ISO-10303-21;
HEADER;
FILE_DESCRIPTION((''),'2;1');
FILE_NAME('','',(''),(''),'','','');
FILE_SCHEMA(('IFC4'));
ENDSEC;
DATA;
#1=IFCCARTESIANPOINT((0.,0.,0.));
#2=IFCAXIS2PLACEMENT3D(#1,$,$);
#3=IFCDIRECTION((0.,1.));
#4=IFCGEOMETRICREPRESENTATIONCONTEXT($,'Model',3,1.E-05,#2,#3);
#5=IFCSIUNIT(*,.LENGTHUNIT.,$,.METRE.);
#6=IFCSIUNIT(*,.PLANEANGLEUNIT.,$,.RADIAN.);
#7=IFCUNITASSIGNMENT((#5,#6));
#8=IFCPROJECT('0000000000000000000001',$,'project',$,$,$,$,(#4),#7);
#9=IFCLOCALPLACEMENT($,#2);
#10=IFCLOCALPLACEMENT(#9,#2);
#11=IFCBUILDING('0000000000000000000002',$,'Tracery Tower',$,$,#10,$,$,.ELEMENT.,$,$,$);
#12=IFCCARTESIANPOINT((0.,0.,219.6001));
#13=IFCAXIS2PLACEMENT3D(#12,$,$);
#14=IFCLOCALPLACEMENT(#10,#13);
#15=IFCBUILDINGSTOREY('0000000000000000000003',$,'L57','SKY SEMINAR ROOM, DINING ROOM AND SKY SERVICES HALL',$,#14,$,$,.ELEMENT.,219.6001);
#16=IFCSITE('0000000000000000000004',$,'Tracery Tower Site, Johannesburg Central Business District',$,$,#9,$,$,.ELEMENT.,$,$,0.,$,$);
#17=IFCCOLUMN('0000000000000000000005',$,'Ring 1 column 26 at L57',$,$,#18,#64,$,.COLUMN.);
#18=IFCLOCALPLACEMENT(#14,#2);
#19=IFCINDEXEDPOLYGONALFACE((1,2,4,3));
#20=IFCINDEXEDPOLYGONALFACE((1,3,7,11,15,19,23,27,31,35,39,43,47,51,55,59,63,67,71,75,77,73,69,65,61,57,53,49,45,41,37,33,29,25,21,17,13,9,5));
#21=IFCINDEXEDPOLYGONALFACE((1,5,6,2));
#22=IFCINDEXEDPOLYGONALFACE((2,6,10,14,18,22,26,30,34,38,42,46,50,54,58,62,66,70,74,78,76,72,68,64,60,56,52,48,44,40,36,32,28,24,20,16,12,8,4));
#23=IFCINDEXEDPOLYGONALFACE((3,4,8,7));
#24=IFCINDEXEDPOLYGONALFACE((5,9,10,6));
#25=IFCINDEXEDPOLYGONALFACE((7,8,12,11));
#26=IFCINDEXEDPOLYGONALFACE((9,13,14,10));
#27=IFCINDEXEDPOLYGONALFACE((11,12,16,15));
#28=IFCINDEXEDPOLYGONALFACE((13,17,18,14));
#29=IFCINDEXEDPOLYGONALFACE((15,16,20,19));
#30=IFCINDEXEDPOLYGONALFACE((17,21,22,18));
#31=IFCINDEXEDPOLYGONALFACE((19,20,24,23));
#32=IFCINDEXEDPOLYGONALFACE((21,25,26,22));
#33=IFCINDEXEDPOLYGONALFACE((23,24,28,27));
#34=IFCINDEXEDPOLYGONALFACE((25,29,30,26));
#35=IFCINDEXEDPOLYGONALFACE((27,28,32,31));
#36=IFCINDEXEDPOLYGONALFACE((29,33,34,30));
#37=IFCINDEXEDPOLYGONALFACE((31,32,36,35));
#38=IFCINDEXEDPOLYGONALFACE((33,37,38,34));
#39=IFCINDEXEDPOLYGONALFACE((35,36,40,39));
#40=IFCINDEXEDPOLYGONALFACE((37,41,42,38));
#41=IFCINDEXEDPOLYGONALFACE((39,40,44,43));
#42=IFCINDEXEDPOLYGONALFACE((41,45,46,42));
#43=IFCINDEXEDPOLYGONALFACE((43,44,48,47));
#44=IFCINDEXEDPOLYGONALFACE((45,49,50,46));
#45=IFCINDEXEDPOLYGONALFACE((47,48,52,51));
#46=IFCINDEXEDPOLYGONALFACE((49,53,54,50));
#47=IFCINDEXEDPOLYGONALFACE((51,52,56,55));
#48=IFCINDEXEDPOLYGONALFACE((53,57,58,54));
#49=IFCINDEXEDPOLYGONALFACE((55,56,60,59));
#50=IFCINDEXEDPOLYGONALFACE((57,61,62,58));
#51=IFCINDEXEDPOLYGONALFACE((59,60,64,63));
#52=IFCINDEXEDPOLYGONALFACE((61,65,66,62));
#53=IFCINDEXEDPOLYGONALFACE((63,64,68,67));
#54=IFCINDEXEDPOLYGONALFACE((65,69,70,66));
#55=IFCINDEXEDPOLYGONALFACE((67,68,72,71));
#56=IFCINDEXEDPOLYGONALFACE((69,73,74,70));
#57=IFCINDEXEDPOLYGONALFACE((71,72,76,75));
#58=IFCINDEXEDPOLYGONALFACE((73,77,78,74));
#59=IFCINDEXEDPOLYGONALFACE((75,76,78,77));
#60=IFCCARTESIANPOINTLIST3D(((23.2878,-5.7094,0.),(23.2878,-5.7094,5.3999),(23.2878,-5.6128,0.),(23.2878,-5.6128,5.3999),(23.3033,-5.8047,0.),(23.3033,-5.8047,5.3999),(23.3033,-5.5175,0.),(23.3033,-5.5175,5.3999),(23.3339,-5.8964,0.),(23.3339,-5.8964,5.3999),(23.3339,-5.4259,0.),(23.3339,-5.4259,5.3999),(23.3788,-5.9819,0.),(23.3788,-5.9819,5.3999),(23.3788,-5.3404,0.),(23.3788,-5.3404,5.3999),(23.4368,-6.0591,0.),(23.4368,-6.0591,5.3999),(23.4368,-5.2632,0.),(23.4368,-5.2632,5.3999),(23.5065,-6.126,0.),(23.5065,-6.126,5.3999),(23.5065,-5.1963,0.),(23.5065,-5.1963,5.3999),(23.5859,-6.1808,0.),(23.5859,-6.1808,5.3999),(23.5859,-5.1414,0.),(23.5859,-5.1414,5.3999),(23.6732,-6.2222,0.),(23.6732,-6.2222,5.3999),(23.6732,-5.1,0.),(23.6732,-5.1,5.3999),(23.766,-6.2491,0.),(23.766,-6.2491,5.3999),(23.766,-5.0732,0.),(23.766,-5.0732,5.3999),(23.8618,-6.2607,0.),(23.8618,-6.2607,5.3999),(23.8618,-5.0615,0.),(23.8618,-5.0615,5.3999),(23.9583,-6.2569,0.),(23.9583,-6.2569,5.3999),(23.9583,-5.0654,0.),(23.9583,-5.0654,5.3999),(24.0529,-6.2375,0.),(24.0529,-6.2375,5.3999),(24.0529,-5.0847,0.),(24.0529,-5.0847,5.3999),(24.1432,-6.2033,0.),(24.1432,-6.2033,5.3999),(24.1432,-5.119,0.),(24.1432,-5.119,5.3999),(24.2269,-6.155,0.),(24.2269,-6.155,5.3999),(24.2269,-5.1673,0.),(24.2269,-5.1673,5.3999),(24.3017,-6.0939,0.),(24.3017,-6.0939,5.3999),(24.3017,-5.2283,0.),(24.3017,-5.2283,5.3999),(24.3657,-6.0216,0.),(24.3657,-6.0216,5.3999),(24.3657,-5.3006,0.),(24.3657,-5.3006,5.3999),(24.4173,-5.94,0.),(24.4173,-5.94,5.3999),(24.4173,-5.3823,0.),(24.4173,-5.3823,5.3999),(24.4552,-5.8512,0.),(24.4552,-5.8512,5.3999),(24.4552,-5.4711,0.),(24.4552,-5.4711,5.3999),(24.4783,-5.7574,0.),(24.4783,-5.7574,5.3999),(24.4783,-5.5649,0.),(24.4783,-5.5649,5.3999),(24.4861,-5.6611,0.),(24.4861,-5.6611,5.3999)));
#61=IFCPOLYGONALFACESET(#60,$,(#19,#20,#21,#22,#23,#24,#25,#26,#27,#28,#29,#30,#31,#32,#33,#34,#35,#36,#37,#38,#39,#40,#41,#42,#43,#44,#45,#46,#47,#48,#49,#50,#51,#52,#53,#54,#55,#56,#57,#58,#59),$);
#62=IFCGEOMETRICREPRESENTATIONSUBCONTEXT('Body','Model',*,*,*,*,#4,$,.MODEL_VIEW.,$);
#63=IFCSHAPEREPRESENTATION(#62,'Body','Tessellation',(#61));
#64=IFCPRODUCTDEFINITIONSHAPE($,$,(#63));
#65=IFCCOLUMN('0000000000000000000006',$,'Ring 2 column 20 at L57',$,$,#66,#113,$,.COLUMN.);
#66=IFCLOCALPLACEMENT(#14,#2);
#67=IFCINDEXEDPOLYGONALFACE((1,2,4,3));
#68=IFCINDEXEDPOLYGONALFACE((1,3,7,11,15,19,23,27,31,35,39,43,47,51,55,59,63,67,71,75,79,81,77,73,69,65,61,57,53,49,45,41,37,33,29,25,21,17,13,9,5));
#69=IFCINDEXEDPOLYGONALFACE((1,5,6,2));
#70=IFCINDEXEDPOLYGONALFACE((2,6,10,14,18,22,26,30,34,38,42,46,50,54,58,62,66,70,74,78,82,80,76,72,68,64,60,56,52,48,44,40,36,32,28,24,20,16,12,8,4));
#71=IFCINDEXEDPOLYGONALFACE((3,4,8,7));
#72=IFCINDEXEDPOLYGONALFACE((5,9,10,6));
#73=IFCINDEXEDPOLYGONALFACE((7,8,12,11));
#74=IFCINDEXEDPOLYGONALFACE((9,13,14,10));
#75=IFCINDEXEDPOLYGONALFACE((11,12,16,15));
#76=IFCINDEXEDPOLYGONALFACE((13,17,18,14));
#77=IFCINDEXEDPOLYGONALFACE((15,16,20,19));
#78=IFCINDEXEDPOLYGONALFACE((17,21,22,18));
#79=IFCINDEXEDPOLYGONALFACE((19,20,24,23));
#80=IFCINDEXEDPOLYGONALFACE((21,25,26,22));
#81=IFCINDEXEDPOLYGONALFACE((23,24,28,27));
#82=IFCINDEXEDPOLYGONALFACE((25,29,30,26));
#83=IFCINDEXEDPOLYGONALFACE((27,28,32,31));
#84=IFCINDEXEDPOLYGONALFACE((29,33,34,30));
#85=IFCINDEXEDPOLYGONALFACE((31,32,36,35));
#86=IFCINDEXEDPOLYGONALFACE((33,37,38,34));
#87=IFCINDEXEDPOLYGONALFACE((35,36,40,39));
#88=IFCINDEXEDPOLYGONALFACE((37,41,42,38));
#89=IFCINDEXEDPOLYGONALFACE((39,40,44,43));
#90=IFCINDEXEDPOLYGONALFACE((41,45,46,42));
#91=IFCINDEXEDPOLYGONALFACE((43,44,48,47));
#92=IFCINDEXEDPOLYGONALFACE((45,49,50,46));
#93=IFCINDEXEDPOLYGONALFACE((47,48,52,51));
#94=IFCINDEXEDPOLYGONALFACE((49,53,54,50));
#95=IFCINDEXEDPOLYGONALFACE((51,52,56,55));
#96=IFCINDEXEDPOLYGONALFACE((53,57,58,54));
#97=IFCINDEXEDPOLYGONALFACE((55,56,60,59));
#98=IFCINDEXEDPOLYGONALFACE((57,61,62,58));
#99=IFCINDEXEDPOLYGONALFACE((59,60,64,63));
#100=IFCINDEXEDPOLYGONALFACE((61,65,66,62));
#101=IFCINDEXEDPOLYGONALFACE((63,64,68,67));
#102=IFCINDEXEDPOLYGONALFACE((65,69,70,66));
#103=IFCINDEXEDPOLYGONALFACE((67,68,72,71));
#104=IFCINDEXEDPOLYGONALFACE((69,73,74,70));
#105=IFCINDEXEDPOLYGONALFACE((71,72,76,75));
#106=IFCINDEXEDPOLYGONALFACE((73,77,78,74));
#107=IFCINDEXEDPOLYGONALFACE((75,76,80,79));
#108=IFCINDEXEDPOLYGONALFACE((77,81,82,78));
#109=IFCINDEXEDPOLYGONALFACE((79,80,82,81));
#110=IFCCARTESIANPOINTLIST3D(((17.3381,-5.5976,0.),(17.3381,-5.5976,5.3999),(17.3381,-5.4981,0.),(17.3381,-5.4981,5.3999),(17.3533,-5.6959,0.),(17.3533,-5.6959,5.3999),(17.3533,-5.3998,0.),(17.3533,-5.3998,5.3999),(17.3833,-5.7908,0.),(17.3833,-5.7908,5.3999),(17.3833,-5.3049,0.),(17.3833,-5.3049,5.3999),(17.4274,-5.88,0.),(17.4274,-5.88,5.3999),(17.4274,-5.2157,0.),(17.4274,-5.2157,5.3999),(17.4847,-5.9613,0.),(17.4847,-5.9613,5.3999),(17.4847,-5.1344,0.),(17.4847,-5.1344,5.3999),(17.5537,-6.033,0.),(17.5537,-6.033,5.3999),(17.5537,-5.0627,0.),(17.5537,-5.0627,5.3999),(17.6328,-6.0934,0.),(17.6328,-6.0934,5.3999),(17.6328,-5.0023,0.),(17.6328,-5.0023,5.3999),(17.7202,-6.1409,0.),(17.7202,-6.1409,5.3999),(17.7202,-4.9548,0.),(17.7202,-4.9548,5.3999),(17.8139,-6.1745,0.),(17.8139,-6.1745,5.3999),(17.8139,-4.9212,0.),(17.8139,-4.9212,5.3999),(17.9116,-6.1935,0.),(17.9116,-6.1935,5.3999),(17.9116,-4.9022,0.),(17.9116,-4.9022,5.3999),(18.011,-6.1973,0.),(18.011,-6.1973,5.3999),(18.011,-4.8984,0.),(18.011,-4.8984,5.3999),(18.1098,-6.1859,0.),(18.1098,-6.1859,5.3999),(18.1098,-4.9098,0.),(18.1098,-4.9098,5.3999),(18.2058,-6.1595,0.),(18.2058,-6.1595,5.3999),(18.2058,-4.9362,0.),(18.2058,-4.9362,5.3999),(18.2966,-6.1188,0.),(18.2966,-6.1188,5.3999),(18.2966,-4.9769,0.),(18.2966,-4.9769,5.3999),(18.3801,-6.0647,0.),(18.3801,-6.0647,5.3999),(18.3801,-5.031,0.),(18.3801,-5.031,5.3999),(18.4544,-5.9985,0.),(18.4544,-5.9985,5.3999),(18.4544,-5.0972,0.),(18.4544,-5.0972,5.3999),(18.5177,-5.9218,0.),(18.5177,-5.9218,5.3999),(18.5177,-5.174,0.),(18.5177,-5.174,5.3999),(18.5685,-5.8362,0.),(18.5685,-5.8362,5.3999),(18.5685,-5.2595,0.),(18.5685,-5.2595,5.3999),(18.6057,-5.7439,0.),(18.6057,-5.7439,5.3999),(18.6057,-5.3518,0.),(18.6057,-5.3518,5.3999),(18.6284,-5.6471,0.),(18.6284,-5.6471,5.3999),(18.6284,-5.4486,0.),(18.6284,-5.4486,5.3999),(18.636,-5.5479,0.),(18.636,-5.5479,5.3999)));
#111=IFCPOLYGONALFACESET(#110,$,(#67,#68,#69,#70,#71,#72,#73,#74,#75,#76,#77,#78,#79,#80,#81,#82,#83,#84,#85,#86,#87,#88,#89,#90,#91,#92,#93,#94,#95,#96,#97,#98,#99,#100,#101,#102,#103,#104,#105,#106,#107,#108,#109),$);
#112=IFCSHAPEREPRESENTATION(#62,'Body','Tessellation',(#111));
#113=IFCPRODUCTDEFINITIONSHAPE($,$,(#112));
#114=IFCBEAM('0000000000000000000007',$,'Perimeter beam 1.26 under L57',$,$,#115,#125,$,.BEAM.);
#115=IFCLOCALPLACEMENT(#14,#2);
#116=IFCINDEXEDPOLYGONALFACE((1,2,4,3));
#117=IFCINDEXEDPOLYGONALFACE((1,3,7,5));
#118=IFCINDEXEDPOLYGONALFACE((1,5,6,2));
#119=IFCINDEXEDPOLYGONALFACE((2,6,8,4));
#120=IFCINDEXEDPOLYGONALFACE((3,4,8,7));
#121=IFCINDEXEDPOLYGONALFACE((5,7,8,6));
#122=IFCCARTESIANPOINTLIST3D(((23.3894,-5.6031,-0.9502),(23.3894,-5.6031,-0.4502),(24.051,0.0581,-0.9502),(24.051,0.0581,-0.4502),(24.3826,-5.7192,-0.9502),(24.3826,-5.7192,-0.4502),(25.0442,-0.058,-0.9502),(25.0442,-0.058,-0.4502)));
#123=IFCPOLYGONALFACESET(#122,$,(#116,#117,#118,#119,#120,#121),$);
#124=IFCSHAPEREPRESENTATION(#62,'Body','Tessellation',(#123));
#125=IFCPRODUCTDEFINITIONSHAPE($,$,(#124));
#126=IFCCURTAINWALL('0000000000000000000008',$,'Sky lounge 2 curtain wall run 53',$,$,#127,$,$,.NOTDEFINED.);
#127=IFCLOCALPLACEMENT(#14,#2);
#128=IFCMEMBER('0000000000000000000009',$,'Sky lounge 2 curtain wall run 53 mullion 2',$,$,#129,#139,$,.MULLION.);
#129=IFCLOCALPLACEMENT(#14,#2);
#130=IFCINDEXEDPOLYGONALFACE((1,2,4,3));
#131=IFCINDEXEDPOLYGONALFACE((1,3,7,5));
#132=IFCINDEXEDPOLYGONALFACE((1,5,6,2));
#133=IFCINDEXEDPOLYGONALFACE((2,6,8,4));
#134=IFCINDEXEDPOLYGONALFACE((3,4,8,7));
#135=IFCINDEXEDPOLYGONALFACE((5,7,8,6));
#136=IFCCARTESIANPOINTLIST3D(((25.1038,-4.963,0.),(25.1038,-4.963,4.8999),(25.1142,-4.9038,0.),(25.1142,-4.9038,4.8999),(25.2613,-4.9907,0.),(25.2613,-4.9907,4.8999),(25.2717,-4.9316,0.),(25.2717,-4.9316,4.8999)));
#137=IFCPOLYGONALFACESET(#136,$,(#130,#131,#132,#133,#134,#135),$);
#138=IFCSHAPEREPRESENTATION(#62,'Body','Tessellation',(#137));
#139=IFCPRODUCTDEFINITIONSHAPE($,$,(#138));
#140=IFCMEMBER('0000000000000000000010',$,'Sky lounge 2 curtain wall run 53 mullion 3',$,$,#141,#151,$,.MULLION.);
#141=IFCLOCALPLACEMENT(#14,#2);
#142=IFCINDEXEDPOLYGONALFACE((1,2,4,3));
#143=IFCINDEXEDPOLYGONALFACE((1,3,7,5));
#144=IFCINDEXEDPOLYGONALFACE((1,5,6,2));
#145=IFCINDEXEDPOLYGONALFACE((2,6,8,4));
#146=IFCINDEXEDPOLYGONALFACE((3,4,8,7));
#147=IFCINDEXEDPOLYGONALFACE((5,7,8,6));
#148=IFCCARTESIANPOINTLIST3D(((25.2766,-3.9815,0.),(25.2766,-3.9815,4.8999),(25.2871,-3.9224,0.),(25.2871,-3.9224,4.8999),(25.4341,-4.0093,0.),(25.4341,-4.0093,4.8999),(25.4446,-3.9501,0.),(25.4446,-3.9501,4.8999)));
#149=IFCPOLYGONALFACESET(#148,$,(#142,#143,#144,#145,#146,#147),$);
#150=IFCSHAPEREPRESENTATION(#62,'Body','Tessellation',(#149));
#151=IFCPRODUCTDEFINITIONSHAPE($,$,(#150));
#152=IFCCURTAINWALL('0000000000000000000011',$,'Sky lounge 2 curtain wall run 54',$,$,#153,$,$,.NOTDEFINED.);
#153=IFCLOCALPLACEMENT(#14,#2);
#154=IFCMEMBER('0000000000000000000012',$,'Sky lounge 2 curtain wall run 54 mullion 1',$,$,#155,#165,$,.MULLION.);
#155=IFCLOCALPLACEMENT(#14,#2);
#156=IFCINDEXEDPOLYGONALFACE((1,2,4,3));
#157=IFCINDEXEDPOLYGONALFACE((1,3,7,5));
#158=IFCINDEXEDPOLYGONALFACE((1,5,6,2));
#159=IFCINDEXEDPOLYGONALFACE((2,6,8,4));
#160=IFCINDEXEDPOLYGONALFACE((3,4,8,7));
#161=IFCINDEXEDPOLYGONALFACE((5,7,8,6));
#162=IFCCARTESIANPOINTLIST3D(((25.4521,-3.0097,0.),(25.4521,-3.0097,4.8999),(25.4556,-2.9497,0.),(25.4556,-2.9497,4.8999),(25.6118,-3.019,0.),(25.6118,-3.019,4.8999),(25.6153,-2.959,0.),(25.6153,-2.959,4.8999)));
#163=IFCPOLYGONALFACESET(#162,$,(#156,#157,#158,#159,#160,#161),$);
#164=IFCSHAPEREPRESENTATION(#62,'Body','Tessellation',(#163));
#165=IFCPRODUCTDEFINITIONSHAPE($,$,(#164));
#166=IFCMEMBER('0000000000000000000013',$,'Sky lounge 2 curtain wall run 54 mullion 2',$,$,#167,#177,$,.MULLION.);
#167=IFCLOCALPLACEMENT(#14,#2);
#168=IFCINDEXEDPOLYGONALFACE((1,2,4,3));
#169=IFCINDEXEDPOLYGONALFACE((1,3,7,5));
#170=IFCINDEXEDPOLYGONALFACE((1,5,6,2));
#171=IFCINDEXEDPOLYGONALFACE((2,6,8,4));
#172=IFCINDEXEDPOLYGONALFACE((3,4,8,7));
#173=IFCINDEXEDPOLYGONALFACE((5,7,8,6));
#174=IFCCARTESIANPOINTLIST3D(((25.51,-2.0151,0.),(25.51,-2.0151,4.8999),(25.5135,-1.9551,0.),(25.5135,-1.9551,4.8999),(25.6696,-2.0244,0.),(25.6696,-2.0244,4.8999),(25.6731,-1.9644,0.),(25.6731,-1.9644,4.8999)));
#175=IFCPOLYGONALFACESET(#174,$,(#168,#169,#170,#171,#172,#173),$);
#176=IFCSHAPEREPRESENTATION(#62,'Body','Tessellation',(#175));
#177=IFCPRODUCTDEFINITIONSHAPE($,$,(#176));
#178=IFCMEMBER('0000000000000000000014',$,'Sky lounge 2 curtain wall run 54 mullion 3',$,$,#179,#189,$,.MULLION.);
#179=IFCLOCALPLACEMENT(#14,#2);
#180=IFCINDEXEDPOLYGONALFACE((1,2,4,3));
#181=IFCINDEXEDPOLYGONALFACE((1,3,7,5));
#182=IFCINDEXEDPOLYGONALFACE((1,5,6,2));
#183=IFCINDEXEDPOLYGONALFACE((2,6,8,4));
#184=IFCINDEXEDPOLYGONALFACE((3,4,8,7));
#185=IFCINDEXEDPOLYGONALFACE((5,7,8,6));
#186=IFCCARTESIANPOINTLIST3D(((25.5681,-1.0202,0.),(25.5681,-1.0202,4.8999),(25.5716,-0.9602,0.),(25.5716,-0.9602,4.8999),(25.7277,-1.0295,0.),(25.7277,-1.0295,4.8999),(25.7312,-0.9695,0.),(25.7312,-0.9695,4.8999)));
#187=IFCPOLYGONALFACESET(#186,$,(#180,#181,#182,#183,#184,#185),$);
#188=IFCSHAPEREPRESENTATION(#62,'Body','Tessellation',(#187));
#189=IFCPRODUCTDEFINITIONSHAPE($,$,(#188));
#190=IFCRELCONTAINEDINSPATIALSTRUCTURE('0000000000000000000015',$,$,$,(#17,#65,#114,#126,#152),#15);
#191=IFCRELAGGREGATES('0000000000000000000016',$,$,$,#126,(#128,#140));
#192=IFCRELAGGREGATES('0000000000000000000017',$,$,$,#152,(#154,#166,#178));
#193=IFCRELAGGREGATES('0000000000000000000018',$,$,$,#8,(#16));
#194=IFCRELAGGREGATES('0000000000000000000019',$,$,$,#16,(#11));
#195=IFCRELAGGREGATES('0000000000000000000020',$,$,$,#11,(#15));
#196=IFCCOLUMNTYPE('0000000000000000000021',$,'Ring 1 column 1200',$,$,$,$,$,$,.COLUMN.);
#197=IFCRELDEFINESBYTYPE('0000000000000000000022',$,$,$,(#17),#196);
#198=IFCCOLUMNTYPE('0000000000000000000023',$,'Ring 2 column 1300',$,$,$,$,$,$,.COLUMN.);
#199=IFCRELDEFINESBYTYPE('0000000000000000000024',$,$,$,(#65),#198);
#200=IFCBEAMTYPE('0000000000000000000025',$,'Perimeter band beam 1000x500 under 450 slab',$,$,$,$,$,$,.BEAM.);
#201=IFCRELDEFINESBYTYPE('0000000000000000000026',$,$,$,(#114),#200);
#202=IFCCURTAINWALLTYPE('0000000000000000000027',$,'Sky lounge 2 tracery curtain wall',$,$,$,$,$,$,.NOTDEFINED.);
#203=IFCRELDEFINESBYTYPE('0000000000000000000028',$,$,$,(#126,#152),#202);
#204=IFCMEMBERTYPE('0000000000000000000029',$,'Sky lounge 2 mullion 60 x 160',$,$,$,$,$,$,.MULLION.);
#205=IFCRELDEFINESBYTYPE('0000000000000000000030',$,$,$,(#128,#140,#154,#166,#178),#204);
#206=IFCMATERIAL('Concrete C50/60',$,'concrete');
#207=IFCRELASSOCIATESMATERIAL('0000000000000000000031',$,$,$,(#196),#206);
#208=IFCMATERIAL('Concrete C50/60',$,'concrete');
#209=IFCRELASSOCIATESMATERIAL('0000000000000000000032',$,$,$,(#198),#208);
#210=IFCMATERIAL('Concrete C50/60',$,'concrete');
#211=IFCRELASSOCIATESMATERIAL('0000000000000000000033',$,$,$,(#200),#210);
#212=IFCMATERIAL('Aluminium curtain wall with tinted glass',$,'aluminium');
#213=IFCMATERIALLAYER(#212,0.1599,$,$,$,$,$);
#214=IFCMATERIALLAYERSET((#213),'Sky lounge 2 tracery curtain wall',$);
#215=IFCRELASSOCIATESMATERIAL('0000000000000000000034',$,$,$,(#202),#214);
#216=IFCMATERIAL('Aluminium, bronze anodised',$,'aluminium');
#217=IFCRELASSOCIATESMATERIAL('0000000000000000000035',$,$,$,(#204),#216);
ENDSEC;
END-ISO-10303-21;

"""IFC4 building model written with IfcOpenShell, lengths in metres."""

from ifc_helpers import new_model, si_unit, direction, frame, origin, origin_2d, place, context, subcontext, project, spatial, rectangle, circle, extrude, material, layer, layer_set, material_profile, profile_set, type_object, element, aggregate, save


model = new_model("IFC4")

# Units and contexts
model_context = context("Model", 3, precision=1e-05, world=origin(), true_north=direction((0.0, 1.0)))
body_context = subcontext(model_context, "Body", "Model", "MODEL_VIEW")
ifc_project = project(units=[si_unit("LENGTHUNIT", "METRE"), si_unit("PLANEANGLEUNIT", "RADIAN")], contexts=[model_context])

# Site, building, storey
site_placement = place(None, origin())
site = spatial("IfcSite", under=ifc_project, at=site_placement, Name="Tracery Tower Site, Johannesburg Central Business District", CompositionType="ELEMENT", RefElevation=0.0)
building_placement = place(site_placement, origin())
building = spatial("IfcBuilding", under=site, at=building_placement, Name="Tracery Tower", CompositionType="ELEMENT")
storey_placement = place(building_placement, frame((0.0, 0.0, 219.6001)))
storey = spatial("IfcBuildingStorey", under=building, at=storey_placement, Name="L57", Description="SKY SEMINAR ROOM, DINING ROOM AND SKY SERVICES HALL", CompositionType="ELEMENT", Elevation=219.6001)

# Columns
ifc_material_1 = material(Name="Concrete C50/60", Category="concrete")
ifc_material_profile_1 = material_profile(ifc_material_1, circle(Radius=0.6001, at=origin_2d()), Name="RC D1200")
ifc_profile_set_1 = profile_set([ifc_material_profile_1], Name="Concrete C50/60")
column_type_1 = type_object("IfcColumnType", Name="Ring 1 column 1200", PredefinedType="COLUMN", material=ifc_profile_set_1)
column_1_placement = place(storey_placement, frame((23.886, -5.6611, 0.0), z_axis=(0.0, 0.0, 1.0), x_axis=(1.0, 0.0, 0.0)))
element("IfcColumn", 1, at=column_1_placement, inside=storey, type_object=column_type_1, Name="Ring 1 column 26 at L57", PredefinedType="COLUMN", context=body_context, shape_type="SweptSolid", body=[
    extrude(circle(Radius=0.6001, at=origin_2d()), origin(), (0.0, 0.0, 1.0), 5.3999),
])
ifc_material_2 = material(Name="Concrete C50/60", Category="concrete")
ifc_material_profile_2 = material_profile(ifc_material_2, circle(Radius=0.6499, at=origin_2d()), Name="RC D1300")
ifc_profile_set_2 = profile_set([ifc_material_profile_2], Name="Concrete C50/60")
column_type_2 = type_object("IfcColumnType", Name="Ring 2 column 1300", PredefinedType="COLUMN", material=ifc_profile_set_2)
column_2_placement = place(storey_placement, frame((17.9861, -5.5479, 0.0), z_axis=(0.0, 0.0, 1.0), x_axis=(1.0, 0.0, 0.0)))
element("IfcColumn", 2, at=column_2_placement, inside=storey, type_object=column_type_2, Name="Ring 2 column 20 at L57", PredefinedType="COLUMN", context=body_context, shape_type="SweptSolid", body=[
    extrude(circle(Radius=0.6499, at=origin_2d()), origin(), (0.0, 0.0, 1.0), 5.3999),
])

# Beam
ifc_material_3 = material(Name="Concrete C50/60", Category="concrete")
ifc_material_profile_3 = material_profile(ifc_material_3, rectangle(XDim=1.0, YDim=0.5, at=origin_2d()), Name="RC 1000x500")
ifc_profile_set_3 = profile_set([ifc_material_profile_3], Name="Concrete C50/60")
beam_type = type_object("IfcBeamType", Name="Perimeter band beam 1000x500 under 450 slab", PredefinedType="BEAM", material=ifc_profile_set_3)
beam_placement = place(storey_placement, frame((23.886, -5.6611, -0.7002), z_axis=(0.116081, 0.99324, 0.0), x_axis=(-0.99324, 0.116081, 0.0)))
element("IfcBeam", 3, at=beam_placement, inside=storey, type_object=beam_type, Name="Perimeter beam 1.26 under L57", PredefinedType="BEAM", context=body_context, shape_type="SweptSolid", body=[
    extrude(rectangle(XDim=1.0, YDim=0.5, at=origin_2d()), origin(), (0.0, 0.0, 1.0), 5.6997),
])

# Curtain walls, members
ifc_material_4 = material(Name="Aluminium curtain wall with tinted glass", Category="aluminium")
ifc_layer_1 = layer(ifc_material_4, 0.1599)
ifc_layer_set_1 = layer_set([ifc_layer_1], Name="Sky lounge 2 tracery curtain wall")
curtain_wall_type = type_object("IfcCurtainWallType", Name="Sky lounge 2 tracery curtain wall", PredefinedType="NOTDEFINED", material=ifc_layer_set_1)
curtain_wall_1_placement = place(storey_placement, origin())
curtain_wall_1 = element("IfcCurtainWall", 4, at=curtain_wall_1_placement, inside=storey, type_object=curtain_wall_type, Name="Sky lounge 2 curtain wall run 53", PredefinedType="NOTDEFINED")
ifc_material_5 = material(Name="Aluminium, bronze anodised", Category="aluminium")
ifc_material_profile_4 = material_profile(ifc_material_5, rectangle(XDim=0.1599, YDim=0.0601, at=origin_2d()), Name="AL 60x160")
ifc_profile_set_4 = profile_set([ifc_material_profile_4], Name="Aluminium, bronze anodised")
member_type_1 = type_object("IfcMemberType", Name="Sky lounge 2 mullion 60 x 160", PredefinedType="MULLION", material=ifc_profile_set_4)
member_1_placement = place(storey_placement, frame((25.1877, -4.9473, 0.0), z_axis=(0.0, 0.0, 1.0), x_axis=(-0.984808, 0.173648, 0.0)))
member_1 = element("IfcMember", 5, at=member_1_placement, type_object=member_type_1, Name="Sky lounge 2 curtain wall run 53 mullion 2", PredefinedType="MULLION", context=body_context, shape_type="SweptSolid", body=[
    extrude(rectangle(XDim=0.1599, YDim=0.0601, at=origin_2d()), origin(), (0.0, 0.0, 1.0), 4.8999),
])
member_2_placement = place(storey_placement, frame((25.3606, -3.9658, 0.0), z_axis=(0.0, 0.0, 1.0), x_axis=(-0.984808, 0.173648, 0.0)))
member_2 = element("IfcMember", 6, at=member_2_placement, type_object=member_type_1, Name="Sky lounge 2 curtain wall run 53 mullion 3", PredefinedType="MULLION", context=body_context, shape_type="SweptSolid", body=[
    extrude(rectangle(XDim=0.1599, YDim=0.0601, at=origin_2d()), origin(), (0.0, 0.0, 1.0), 4.8999),
])
curtain_wall_2_placement = place(storey_placement, origin())
curtain_wall_2 = element("IfcCurtainWall", 7, at=curtain_wall_2_placement, inside=storey, type_object=curtain_wall_type, Name="Sky lounge 2 curtain wall run 54", PredefinedType="NOTDEFINED")
member_3_placement = place(storey_placement, frame((25.5337, -2.9844, 0.0), z_axis=(0.0, 0.0, 1.0), x_axis=(-0.998308, 0.058145, 0.0)))
member_3 = element("IfcMember", 8, at=member_3_placement, type_object=member_type_1, Name="Sky lounge 2 curtain wall run 54 mullion 1", PredefinedType="MULLION", context=body_context, shape_type="SweptSolid", body=[
    extrude(rectangle(XDim=0.1599, YDim=0.0601, at=origin_2d()), origin(), (0.0, 0.0, 1.0), 4.8999),
])
member_4_placement = place(storey_placement, frame((25.5916, -1.9897, 0.0), z_axis=(0.0, 0.0, 1.0), x_axis=(-0.998308, 0.058145, 0.0)))
member_4 = element("IfcMember", 9, at=member_4_placement, type_object=member_type_1, Name="Sky lounge 2 curtain wall run 54 mullion 2", PredefinedType="MULLION", context=body_context, shape_type="SweptSolid", body=[
    extrude(rectangle(XDim=0.1599, YDim=0.0601, at=origin_2d()), origin(), (0.0, 0.0, 1.0), 4.8999),
])
member_5_placement = place(storey_placement, frame((25.6497, -0.9949, 0.0), z_axis=(0.0, 0.0, 1.0), x_axis=(-0.998308, 0.058145, 0.0)))
member_5 = element("IfcMember", 10, at=member_5_placement, type_object=member_type_1, Name="Sky lounge 2 curtain wall run 54 mullion 3", PredefinedType="MULLION", context=body_context, shape_type="SweptSolid", body=[
    extrude(rectangle(XDim=0.1599, YDim=0.0601, at=origin_2d()), origin(), (0.0, 0.0, 1.0), 4.8999),
])

aggregate(curtain_wall_1, [member_1, member_2])
aggregate(curtain_wall_2, [member_3, member_4, member_5])

save(model, "model.ifc")
